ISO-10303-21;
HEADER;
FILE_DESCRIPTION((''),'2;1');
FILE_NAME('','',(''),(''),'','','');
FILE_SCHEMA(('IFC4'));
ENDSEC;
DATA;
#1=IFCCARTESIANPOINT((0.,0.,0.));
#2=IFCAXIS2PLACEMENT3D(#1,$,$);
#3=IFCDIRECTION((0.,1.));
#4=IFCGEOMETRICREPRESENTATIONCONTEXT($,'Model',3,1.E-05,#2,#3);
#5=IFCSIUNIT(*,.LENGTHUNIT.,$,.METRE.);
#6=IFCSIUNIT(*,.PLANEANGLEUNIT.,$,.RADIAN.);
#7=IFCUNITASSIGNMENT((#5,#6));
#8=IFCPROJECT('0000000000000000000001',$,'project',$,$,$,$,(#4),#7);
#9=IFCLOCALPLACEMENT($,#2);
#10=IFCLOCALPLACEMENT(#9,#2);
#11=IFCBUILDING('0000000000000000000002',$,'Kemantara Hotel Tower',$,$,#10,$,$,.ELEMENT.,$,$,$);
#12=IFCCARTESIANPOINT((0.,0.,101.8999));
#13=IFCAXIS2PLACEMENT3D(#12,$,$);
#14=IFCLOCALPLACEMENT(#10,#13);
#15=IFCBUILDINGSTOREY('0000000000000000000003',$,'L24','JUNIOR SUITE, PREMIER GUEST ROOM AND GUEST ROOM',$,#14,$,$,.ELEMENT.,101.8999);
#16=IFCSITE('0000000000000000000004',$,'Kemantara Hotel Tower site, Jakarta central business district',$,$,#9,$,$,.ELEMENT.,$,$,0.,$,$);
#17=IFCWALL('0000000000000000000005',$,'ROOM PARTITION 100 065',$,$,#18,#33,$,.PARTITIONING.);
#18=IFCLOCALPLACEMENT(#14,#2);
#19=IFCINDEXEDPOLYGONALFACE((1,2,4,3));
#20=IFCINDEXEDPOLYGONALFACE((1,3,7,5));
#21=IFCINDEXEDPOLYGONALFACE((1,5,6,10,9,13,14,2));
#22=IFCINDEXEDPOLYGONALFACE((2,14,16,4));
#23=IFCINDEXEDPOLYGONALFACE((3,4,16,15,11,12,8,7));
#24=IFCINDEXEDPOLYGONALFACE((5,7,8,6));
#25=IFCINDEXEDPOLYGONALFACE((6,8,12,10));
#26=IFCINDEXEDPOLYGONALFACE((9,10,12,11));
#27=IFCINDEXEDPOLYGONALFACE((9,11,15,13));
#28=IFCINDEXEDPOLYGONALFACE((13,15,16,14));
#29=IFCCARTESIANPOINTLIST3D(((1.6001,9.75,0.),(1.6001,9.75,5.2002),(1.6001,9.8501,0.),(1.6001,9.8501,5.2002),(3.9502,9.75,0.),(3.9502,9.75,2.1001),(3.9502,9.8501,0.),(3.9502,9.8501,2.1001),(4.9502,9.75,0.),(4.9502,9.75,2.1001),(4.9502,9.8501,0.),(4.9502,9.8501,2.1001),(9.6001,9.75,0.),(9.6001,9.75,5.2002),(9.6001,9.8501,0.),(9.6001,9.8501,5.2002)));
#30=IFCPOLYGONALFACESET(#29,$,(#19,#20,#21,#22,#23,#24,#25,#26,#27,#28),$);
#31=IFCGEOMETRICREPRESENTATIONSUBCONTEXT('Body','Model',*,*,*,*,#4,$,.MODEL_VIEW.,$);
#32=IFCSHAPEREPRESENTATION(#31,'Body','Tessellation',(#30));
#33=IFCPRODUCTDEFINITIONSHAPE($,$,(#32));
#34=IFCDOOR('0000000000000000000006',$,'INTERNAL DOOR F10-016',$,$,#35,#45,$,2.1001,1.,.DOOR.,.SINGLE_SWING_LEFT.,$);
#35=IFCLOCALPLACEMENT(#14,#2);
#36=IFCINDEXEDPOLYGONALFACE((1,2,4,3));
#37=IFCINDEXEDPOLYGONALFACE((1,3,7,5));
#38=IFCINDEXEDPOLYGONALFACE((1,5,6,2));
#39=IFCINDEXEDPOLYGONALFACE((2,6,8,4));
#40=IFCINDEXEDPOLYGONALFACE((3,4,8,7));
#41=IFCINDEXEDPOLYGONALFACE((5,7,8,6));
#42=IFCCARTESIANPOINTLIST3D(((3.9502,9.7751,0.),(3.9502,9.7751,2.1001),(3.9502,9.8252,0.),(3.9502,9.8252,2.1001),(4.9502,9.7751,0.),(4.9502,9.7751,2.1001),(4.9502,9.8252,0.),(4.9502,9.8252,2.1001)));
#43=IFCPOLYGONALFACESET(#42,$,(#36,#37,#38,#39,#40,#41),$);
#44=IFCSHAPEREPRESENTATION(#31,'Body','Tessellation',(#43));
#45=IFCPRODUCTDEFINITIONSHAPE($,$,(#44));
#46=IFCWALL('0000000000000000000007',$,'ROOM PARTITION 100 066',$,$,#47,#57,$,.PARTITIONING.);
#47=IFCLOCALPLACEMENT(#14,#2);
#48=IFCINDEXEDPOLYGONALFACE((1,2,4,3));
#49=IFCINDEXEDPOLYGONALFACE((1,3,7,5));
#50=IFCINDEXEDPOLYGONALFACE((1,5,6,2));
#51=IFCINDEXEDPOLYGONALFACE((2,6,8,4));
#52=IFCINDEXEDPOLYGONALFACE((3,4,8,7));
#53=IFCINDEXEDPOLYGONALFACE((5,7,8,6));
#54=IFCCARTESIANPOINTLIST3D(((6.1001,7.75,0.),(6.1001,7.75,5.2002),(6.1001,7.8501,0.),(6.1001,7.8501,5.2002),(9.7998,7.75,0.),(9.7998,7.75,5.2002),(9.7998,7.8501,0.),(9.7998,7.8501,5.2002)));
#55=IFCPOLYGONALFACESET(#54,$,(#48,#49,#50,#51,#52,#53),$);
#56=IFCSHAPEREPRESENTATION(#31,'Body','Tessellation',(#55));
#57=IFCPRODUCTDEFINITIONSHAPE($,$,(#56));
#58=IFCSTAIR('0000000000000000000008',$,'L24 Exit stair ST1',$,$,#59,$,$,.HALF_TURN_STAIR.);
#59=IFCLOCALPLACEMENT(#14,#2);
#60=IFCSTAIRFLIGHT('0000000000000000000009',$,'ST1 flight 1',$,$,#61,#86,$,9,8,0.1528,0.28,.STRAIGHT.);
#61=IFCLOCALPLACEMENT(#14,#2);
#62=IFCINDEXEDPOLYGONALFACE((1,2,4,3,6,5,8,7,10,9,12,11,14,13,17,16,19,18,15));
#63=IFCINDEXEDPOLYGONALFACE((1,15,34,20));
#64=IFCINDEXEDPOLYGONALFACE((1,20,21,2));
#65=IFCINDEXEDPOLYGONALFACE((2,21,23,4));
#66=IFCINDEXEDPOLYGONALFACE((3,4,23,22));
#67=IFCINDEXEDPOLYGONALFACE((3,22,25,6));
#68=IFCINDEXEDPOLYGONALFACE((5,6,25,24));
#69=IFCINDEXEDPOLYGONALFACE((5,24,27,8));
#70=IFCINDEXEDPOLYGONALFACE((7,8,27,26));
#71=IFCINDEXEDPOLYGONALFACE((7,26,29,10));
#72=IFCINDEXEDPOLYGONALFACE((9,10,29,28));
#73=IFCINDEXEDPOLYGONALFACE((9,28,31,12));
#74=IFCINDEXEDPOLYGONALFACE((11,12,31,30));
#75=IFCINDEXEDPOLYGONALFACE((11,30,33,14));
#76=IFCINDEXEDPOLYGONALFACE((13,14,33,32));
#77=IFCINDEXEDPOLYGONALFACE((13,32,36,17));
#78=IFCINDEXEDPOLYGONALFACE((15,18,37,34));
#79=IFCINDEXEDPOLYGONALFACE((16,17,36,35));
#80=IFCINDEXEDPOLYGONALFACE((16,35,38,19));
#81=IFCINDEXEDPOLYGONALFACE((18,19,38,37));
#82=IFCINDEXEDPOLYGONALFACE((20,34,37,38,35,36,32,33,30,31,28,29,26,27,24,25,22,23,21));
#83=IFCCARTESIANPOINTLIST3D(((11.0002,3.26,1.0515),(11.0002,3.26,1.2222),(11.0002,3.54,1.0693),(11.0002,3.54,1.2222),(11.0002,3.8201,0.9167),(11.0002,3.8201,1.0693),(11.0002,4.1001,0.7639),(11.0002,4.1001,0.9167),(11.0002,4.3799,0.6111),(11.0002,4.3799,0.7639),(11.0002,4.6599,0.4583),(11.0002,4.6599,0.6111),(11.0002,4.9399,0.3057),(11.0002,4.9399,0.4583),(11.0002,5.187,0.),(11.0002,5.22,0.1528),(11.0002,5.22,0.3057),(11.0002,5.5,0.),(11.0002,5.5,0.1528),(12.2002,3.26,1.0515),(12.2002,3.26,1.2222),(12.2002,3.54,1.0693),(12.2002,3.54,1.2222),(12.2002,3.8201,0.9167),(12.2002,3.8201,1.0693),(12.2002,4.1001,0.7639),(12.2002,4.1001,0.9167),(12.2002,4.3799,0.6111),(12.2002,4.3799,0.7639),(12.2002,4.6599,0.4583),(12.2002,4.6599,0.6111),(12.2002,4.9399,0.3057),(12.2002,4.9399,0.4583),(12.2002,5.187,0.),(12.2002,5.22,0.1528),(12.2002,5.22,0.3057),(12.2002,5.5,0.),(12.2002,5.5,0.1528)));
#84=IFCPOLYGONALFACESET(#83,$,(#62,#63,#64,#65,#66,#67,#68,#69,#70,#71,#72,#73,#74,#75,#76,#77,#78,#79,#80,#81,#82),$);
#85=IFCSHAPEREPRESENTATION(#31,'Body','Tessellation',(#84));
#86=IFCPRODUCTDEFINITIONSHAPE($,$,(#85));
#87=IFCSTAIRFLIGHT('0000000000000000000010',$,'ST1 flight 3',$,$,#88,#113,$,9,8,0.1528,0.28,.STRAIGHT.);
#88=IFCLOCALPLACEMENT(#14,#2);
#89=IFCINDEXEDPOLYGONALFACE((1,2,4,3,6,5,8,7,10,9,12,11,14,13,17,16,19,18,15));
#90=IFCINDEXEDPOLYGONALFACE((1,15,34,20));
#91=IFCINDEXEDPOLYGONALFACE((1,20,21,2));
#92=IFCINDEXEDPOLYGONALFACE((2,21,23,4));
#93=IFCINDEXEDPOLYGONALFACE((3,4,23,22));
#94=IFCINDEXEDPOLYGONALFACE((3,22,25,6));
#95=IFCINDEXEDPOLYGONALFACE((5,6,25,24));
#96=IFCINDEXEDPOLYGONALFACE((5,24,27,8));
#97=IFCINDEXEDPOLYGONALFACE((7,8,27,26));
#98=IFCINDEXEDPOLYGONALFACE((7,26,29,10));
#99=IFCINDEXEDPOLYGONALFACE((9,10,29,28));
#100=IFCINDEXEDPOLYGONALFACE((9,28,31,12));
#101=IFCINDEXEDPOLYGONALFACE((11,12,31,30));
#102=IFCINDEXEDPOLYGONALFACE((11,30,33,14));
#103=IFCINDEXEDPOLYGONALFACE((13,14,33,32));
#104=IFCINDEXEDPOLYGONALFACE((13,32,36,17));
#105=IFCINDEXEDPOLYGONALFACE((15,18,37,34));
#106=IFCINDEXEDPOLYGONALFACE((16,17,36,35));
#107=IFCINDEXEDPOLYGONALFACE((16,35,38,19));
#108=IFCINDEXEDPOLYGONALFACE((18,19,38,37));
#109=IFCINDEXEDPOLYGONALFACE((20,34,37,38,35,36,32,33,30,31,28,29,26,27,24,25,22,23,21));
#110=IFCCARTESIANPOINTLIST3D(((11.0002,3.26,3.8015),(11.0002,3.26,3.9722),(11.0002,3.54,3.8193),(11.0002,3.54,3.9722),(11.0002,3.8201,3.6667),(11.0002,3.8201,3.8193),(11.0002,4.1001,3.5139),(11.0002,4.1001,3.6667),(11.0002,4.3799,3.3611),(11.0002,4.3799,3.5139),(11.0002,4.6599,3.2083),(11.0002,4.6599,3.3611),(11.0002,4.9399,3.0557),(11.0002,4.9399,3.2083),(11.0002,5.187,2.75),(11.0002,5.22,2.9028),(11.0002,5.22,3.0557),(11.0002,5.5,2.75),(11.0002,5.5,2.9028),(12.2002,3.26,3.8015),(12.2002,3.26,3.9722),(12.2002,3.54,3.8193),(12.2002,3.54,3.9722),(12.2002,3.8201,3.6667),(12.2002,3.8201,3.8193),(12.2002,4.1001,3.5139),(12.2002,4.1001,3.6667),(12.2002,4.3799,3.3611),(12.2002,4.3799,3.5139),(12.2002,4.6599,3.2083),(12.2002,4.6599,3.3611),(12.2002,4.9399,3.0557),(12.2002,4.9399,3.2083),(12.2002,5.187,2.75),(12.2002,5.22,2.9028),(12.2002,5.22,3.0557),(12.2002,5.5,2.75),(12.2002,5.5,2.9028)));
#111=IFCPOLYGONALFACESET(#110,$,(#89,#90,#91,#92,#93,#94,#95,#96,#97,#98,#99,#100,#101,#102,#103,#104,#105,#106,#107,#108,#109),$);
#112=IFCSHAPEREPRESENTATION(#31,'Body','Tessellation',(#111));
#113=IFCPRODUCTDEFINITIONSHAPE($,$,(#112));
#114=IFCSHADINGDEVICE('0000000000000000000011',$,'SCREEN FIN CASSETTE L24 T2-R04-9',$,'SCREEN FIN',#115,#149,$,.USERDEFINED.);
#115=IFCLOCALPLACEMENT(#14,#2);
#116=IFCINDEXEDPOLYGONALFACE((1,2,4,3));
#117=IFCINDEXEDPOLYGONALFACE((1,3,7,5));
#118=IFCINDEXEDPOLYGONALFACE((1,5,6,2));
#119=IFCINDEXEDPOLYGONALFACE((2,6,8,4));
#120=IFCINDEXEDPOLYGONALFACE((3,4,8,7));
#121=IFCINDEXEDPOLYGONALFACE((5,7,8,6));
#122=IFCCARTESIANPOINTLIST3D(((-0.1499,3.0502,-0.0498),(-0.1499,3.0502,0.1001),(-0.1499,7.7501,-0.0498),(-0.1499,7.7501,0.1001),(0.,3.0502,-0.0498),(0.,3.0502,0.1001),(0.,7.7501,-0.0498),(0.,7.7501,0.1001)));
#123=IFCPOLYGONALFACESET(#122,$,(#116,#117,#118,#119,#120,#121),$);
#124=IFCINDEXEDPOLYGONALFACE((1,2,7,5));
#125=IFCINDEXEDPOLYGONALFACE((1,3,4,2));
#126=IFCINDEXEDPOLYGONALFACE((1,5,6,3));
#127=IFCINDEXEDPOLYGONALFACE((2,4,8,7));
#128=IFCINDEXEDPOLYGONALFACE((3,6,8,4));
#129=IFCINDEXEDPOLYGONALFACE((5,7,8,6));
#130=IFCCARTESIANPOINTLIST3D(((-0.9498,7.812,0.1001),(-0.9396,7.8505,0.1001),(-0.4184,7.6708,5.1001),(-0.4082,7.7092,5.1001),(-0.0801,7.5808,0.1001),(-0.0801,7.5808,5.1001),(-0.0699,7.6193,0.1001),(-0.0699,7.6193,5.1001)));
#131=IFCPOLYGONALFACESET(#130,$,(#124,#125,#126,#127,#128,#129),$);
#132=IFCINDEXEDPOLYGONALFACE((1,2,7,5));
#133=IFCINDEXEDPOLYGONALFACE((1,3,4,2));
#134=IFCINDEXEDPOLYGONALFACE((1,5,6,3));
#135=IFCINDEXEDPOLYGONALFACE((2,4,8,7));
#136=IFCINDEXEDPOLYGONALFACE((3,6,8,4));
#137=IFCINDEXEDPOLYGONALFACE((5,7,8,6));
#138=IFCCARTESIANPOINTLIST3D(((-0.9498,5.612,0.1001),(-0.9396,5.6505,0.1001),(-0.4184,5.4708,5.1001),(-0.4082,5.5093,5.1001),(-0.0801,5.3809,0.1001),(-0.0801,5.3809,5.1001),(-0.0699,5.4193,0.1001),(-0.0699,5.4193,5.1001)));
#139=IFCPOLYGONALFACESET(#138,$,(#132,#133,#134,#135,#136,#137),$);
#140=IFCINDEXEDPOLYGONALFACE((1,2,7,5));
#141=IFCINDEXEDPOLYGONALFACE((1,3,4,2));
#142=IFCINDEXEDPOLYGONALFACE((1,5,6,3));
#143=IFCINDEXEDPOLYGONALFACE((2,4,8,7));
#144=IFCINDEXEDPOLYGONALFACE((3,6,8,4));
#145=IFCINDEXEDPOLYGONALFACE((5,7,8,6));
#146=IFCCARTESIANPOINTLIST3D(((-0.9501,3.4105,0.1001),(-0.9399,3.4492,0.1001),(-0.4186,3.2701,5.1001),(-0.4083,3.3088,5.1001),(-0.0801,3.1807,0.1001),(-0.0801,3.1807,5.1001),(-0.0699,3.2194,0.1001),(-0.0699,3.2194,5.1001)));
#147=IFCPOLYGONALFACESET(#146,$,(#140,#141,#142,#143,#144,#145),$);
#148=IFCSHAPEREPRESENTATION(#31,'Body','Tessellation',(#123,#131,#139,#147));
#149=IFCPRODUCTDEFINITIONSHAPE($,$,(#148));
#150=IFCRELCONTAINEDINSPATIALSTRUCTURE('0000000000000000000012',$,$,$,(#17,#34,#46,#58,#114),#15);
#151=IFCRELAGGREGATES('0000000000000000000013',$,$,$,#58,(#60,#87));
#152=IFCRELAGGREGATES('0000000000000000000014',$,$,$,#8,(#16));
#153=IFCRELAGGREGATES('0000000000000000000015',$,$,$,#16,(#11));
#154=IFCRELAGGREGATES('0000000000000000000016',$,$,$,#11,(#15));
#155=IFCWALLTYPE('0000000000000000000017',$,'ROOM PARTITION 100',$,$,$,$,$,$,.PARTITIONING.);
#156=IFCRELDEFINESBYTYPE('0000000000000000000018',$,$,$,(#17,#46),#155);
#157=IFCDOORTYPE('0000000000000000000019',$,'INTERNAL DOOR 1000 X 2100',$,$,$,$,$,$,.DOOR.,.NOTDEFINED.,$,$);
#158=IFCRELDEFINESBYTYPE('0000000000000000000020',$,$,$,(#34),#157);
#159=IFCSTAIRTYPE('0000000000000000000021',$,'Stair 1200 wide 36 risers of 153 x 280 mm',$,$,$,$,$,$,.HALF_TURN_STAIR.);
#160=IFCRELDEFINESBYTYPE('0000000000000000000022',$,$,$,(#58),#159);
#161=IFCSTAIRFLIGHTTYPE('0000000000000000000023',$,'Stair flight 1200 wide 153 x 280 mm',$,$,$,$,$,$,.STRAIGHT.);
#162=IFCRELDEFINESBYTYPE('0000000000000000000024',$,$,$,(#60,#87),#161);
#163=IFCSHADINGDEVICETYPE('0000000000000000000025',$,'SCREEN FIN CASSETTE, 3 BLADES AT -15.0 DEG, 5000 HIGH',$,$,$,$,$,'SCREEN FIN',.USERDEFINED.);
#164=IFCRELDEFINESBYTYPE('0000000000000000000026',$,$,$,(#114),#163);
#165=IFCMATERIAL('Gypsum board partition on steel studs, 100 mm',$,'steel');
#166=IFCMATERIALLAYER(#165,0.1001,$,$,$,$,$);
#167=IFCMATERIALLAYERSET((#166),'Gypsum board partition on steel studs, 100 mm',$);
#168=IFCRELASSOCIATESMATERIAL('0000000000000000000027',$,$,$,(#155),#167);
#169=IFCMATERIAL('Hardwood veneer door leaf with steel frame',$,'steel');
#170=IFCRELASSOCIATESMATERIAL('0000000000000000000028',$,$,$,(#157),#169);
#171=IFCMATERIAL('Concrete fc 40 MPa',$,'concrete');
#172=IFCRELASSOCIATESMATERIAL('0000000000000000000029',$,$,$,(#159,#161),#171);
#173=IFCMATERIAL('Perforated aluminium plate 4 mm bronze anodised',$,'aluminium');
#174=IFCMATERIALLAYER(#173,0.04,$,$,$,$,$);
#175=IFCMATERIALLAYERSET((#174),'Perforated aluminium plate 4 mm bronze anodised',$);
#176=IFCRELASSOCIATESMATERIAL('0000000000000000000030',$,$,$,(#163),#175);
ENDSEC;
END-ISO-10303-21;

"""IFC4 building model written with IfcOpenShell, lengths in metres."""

from ifc_helpers import new_model, si_unit, direction, frame, frame_2d, origin, origin_2d, place, context, subcontext, project, spatial, polyline, rectangle, outline, extrude, source, transform, mapped, material, layer, layer_set, type_object, element, fill, aggregate, save


model = new_model("IFC4")

# Units and contexts
model_context = context("Model", 3, precision=1e-05, world=origin(), true_north=direction((0.0, 1.0)))
body_context = subcontext(model_context, "Body", "Model", "MODEL_VIEW")
ifc_project = project(units=[si_unit("LENGTHUNIT", "METRE"), si_unit("PLANEANGLEUNIT", "RADIAN")], contexts=[model_context])

# Site, building, storey
site_placement = place(None, origin())
site = spatial("IfcSite", under=ifc_project, at=site_placement, Name="Kemantara Hotel Tower site, Jakarta central business district", CompositionType="ELEMENT", RefElevation=0.0)
building_placement = place(site_placement, origin())
building = spatial("IfcBuilding", under=site, at=building_placement, Name="Kemantara Hotel Tower", CompositionType="ELEMENT")
storey_placement = place(building_placement, frame((0.0, 0.0, 101.8999)))
storey = spatial("IfcBuildingStorey", under=building, at=storey_placement, Name="L24", Description="JUNIOR SUITE, PREMIER GUEST ROOM AND GUEST ROOM", CompositionType="ELEMENT", Elevation=101.8999)

# Shared definitions
ifc_material_1 = material(Name="Hardwood veneer door leaf with steel frame", Category="steel")

# Shared definitions
ifc_material_2 = material(Name="Gypsum board partition on steel studs, 100 mm", Category="steel")
ifc_layer_1 = layer(ifc_material_2, 0.1001)
ifc_layer_set_1 = layer_set([ifc_layer_1], Name="Gypsum board partition on steel studs, 100 mm")
wall_type_1 = type_object("IfcWallType", Name="ROOM PARTITION 100", PredefinedType="PARTITIONING", material=ifc_layer_set_1)

# Wall, opening, door
wall_1_placement = place(storey_placement, frame((9.6001, 9.8, 0.0), z_axis=(0.0, 0.0, 1.0), x_axis=(-1.0, 0.0, 0.0)))
wall_1 = element("IfcWall", 1, at=wall_1_placement, inside=storey, type_object=wall_type_1, Name="ROOM PARTITION 100 065", PredefinedType="PARTITIONING", context=body_context, shape_type="SweptSolid", body=[
    extrude(rectangle(XDim=8.0, YDim=0.1001, at=frame_2d((4.0, 0.0))), origin(), (0.0, 0.0, 1.0), 5.2002),
])
opening_1_placement = place(wall_1_placement, frame((4.6499, 0.0, 0.0)))
opening_1 = element("IfcOpeningElement", 2, at=opening_1_placement, cuts=wall_1, PredefinedType="OPENING", context=body_context, shape_type="SweptSolid", body=[
    extrude(rectangle(XDim=1.0, YDim=2.1001, at=frame_2d((0.5, 1.05))), frame((0.0, 0.0601, 0.0), z_axis=(0.0, -1.0, 0.0), x_axis=(1.0, 0.0, 0.0)), (0.0, 0.0, 1.0), 0.1201),
])
door_type_1 = type_object("IfcDoorType", Name="INTERNAL DOOR 1000 X 2100", OperationType="NOTDEFINED", PredefinedType="DOOR", material=ifc_material_1)
door_1_placement = place(opening_1_placement, origin())
door_1 = element("IfcDoor", 3, at=door_1_placement, inside=storey, type_object=door_type_1, Name="INTERNAL DOOR F10-016", OperationType="SINGLE_SWING_LEFT", OverallHeight=2.1001, OverallWidth=1.0, PredefinedType="DOOR", context=body_context, shape_type="SweptSolid", body=[
    extrude(rectangle(XDim=1.0, YDim=2.1001, at=frame_2d((0.5, 1.05))), frame((0.0, 0.0249, 0.0), z_axis=(0.0, -1.0, 0.0), x_axis=(1.0, 0.0, 0.0)), (0.0, 0.0, 1.0), 0.05),
])
fill(opening_1, door_1)

# Wall
wall_2_placement = place(storey_placement, frame((6.1001, 7.8, 0.0), z_axis=(0.0, 0.0, 1.0), x_axis=(1.0, 0.0, 0.0)))
element("IfcWall", 4, at=wall_2_placement, inside=storey, type_object=wall_type_1, Name="ROOM PARTITION 100 066", PredefinedType="PARTITIONING", context=body_context, shape_type="SweptSolid", body=[
    extrude(rectangle(XDim=3.6997, YDim=0.1001, at=frame_2d((1.8499, 0.0))), origin(), (0.0, 0.0, 1.0), 5.2002),
])

# Stair, stair flights
ifc_material_3 = material(Name="Concrete fc 40 MPa", Category="concrete")
stair_type = type_object("IfcStairType", Name="Stair 1200 wide 36 risers of 153 x 280 mm", PredefinedType="HALF_TURN_STAIR", material=ifc_material_3)
stair_placement = place(storey_placement, origin())
stair = element("IfcStair", 5, at=stair_placement, inside=storey, type_object=stair_type, Name="L24 Exit stair ST1", PredefinedType="HALF_TURN_STAIR")
stair_flight_type = type_object("IfcStairFlightType", Name="Stair flight 1200 wide 153 x 280 mm", PredefinedType="STRAIGHT", material=ifc_material_3)
stair_flight_1_placement = place(storey_placement, frame((11.6001, 5.5, 0.0), z_axis=(0.0, 0.0, 1.0), x_axis=(0.0, -1.0, 0.0)))
stair_flight_1 = element("IfcStairFlight", 6, at=stair_flight_1_placement, type_object=stair_flight_type, Name="ST1 flight 1", NumberOfRisers=9, NumberOfTreads=8, PredefinedType="STRAIGHT", RiserHeight=0.1528, TreadLength=0.28, context=body_context, shape_type="SweptSolid", body=[
    extrude(outline(polyline([(0.0, 0.0), (0.0, 0.1528), (0.28, 0.1528), (0.28, 0.3057), (0.5601, 0.3057), (0.5601, 0.4583), (0.8401, 0.4583), (0.8401, 0.6111), (1.1201, 0.6111), (1.1201, 0.7639), (1.3999, 0.7639), (1.3999, 0.9167), (1.6799, 0.9167), (1.6799, 1.0693), (1.96, 1.0693), (1.96, 1.2222), (2.24, 1.2222), (2.24, 1.375), (2.24, 1.0515), (0.313, 0.0), (0.0, 0.0)])), frame((0.0, 0.6001, 0.0), z_axis=(0.0, -1.0, 0.0), x_axis=(1.0, 0.0, 0.0)), (0.0, 0.0, 1.0), 1.2),
])
stair_flight_2_placement = place(storey_placement, frame((11.6001, 5.5, 2.75), z_axis=(0.0, 0.0, 1.0), x_axis=(0.0, -1.0, 0.0)))
stair_flight_2 = element("IfcStairFlight", 7, at=stair_flight_2_placement, type_object=stair_flight_type, Name="ST1 flight 3", NumberOfRisers=9, NumberOfTreads=8, PredefinedType="STRAIGHT", RiserHeight=0.1528, TreadLength=0.28, context=body_context, shape_type="SweptSolid", body=[
    extrude(outline(polyline([(0.0, 0.0), (0.0, 0.1528), (0.28, 0.1528), (0.28, 0.3057), (0.5601, 0.3057), (0.5601, 0.4583), (0.8401, 0.4583), (0.8401, 0.6111), (1.1201, 0.6111), (1.1201, 0.7639), (1.3999, 0.7639), (1.3999, 0.9167), (1.6799, 0.9167), (1.6799, 1.0693), (1.96, 1.0693), (1.96, 1.2222), (2.24, 1.2222), (2.24, 1.375), (2.24, 1.0515), (0.313, 0.0), (0.0, 0.0)])), frame((0.0, 0.6001, 0.0), z_axis=(0.0, -1.0, 0.0), x_axis=(1.0, 0.0, 0.0)), (0.0, 0.0, 1.0), 1.2),
])
aggregate(stair, [stair_flight_1, stair_flight_2])

# Shading device
ifc_material_4 = material(Name="Perforated aluminium plate 4 mm bronze anodised", Category="aluminium")
ifc_layer_2 = layer(ifc_material_4, 0.04)
ifc_layer_set_2 = layer_set([ifc_layer_2], Name="Perforated aluminium plate 4 mm bronze anodised")
shading_device_type = type_object("IfcShadingDeviceType", Name="SCREEN FIN CASSETTE, 3 BLADES AT -15.0 DEG, 5000 HIGH", ElementType="SCREEN FIN", PredefinedType="USERDEFINED", material=ifc_layer_set_2)
shared_shape = source(origin(), body_context, "Body", "SweptSolid", [
    extrude(rectangle(XDim=4.7, YDim=0.1499, at=origin_2d()), frame((2.2, -0.075, -0.1499), z_axis=(0.0, 0.0, 1.0), x_axis=(1.0, 0.0, 0.0)), (0.0, 0.0, 1.0), 0.1499),
    extrude(outline(polyline([(0.0, 0.0), (0.8999, 0.0), (0.3501, 5.0), (0.0, 5.0), (0.0, 0.0)])), frame((0.0193, -0.0801, 0.0), z_axis=(-0.966438, 0.256901, 0.0), x_axis=(-0.256901, -0.966438, 0.0)), (0.0, 0.0, 1.0), 0.0398),
    extrude(outline(polyline([(0.0, 0.0), (0.8999, 0.0), (0.3501, 5.0), (0.0, 5.0), (0.0, 0.0)])), frame((2.2192, -0.0801, 0.0), z_axis=(-0.966438, 0.256901, 0.0), x_axis=(-0.256901, -0.966438, 0.0)), (0.0, 0.0, 1.0), 0.0398),
    extrude(outline(polyline([(0.0, 0.0), (0.8999, 0.0), (0.3501, 5.0), (0.0, 5.0), (0.0, 0.0)])), frame((4.4194, -0.0801, 0.0), z_axis=(-0.966838, 0.255391, 0.0), x_axis=(-0.255391, -0.966838, 0.0)), (0.0, 0.0, 1.0), 0.04),
])
shading_device_placement = place(storey_placement, frame((0.0, 7.6001, 0.1001), z_axis=(0.0, 0.0, 1.0), x_axis=(0.0, -1.0, 0.0)))
element("IfcShadingDevice", 8, at=shading_device_placement, inside=storey, type_object=shading_device_type, Name="SCREEN FIN CASSETTE L24 T2-R04-9", ObjectType="SCREEN FIN", PredefinedType="USERDEFINED", context=body_context, shape_type="MappedRepresentation", body=[
    mapped(shared_shape, transform((0.0, 0.0, 0.0))),
])

save(model, "model.ifc")
